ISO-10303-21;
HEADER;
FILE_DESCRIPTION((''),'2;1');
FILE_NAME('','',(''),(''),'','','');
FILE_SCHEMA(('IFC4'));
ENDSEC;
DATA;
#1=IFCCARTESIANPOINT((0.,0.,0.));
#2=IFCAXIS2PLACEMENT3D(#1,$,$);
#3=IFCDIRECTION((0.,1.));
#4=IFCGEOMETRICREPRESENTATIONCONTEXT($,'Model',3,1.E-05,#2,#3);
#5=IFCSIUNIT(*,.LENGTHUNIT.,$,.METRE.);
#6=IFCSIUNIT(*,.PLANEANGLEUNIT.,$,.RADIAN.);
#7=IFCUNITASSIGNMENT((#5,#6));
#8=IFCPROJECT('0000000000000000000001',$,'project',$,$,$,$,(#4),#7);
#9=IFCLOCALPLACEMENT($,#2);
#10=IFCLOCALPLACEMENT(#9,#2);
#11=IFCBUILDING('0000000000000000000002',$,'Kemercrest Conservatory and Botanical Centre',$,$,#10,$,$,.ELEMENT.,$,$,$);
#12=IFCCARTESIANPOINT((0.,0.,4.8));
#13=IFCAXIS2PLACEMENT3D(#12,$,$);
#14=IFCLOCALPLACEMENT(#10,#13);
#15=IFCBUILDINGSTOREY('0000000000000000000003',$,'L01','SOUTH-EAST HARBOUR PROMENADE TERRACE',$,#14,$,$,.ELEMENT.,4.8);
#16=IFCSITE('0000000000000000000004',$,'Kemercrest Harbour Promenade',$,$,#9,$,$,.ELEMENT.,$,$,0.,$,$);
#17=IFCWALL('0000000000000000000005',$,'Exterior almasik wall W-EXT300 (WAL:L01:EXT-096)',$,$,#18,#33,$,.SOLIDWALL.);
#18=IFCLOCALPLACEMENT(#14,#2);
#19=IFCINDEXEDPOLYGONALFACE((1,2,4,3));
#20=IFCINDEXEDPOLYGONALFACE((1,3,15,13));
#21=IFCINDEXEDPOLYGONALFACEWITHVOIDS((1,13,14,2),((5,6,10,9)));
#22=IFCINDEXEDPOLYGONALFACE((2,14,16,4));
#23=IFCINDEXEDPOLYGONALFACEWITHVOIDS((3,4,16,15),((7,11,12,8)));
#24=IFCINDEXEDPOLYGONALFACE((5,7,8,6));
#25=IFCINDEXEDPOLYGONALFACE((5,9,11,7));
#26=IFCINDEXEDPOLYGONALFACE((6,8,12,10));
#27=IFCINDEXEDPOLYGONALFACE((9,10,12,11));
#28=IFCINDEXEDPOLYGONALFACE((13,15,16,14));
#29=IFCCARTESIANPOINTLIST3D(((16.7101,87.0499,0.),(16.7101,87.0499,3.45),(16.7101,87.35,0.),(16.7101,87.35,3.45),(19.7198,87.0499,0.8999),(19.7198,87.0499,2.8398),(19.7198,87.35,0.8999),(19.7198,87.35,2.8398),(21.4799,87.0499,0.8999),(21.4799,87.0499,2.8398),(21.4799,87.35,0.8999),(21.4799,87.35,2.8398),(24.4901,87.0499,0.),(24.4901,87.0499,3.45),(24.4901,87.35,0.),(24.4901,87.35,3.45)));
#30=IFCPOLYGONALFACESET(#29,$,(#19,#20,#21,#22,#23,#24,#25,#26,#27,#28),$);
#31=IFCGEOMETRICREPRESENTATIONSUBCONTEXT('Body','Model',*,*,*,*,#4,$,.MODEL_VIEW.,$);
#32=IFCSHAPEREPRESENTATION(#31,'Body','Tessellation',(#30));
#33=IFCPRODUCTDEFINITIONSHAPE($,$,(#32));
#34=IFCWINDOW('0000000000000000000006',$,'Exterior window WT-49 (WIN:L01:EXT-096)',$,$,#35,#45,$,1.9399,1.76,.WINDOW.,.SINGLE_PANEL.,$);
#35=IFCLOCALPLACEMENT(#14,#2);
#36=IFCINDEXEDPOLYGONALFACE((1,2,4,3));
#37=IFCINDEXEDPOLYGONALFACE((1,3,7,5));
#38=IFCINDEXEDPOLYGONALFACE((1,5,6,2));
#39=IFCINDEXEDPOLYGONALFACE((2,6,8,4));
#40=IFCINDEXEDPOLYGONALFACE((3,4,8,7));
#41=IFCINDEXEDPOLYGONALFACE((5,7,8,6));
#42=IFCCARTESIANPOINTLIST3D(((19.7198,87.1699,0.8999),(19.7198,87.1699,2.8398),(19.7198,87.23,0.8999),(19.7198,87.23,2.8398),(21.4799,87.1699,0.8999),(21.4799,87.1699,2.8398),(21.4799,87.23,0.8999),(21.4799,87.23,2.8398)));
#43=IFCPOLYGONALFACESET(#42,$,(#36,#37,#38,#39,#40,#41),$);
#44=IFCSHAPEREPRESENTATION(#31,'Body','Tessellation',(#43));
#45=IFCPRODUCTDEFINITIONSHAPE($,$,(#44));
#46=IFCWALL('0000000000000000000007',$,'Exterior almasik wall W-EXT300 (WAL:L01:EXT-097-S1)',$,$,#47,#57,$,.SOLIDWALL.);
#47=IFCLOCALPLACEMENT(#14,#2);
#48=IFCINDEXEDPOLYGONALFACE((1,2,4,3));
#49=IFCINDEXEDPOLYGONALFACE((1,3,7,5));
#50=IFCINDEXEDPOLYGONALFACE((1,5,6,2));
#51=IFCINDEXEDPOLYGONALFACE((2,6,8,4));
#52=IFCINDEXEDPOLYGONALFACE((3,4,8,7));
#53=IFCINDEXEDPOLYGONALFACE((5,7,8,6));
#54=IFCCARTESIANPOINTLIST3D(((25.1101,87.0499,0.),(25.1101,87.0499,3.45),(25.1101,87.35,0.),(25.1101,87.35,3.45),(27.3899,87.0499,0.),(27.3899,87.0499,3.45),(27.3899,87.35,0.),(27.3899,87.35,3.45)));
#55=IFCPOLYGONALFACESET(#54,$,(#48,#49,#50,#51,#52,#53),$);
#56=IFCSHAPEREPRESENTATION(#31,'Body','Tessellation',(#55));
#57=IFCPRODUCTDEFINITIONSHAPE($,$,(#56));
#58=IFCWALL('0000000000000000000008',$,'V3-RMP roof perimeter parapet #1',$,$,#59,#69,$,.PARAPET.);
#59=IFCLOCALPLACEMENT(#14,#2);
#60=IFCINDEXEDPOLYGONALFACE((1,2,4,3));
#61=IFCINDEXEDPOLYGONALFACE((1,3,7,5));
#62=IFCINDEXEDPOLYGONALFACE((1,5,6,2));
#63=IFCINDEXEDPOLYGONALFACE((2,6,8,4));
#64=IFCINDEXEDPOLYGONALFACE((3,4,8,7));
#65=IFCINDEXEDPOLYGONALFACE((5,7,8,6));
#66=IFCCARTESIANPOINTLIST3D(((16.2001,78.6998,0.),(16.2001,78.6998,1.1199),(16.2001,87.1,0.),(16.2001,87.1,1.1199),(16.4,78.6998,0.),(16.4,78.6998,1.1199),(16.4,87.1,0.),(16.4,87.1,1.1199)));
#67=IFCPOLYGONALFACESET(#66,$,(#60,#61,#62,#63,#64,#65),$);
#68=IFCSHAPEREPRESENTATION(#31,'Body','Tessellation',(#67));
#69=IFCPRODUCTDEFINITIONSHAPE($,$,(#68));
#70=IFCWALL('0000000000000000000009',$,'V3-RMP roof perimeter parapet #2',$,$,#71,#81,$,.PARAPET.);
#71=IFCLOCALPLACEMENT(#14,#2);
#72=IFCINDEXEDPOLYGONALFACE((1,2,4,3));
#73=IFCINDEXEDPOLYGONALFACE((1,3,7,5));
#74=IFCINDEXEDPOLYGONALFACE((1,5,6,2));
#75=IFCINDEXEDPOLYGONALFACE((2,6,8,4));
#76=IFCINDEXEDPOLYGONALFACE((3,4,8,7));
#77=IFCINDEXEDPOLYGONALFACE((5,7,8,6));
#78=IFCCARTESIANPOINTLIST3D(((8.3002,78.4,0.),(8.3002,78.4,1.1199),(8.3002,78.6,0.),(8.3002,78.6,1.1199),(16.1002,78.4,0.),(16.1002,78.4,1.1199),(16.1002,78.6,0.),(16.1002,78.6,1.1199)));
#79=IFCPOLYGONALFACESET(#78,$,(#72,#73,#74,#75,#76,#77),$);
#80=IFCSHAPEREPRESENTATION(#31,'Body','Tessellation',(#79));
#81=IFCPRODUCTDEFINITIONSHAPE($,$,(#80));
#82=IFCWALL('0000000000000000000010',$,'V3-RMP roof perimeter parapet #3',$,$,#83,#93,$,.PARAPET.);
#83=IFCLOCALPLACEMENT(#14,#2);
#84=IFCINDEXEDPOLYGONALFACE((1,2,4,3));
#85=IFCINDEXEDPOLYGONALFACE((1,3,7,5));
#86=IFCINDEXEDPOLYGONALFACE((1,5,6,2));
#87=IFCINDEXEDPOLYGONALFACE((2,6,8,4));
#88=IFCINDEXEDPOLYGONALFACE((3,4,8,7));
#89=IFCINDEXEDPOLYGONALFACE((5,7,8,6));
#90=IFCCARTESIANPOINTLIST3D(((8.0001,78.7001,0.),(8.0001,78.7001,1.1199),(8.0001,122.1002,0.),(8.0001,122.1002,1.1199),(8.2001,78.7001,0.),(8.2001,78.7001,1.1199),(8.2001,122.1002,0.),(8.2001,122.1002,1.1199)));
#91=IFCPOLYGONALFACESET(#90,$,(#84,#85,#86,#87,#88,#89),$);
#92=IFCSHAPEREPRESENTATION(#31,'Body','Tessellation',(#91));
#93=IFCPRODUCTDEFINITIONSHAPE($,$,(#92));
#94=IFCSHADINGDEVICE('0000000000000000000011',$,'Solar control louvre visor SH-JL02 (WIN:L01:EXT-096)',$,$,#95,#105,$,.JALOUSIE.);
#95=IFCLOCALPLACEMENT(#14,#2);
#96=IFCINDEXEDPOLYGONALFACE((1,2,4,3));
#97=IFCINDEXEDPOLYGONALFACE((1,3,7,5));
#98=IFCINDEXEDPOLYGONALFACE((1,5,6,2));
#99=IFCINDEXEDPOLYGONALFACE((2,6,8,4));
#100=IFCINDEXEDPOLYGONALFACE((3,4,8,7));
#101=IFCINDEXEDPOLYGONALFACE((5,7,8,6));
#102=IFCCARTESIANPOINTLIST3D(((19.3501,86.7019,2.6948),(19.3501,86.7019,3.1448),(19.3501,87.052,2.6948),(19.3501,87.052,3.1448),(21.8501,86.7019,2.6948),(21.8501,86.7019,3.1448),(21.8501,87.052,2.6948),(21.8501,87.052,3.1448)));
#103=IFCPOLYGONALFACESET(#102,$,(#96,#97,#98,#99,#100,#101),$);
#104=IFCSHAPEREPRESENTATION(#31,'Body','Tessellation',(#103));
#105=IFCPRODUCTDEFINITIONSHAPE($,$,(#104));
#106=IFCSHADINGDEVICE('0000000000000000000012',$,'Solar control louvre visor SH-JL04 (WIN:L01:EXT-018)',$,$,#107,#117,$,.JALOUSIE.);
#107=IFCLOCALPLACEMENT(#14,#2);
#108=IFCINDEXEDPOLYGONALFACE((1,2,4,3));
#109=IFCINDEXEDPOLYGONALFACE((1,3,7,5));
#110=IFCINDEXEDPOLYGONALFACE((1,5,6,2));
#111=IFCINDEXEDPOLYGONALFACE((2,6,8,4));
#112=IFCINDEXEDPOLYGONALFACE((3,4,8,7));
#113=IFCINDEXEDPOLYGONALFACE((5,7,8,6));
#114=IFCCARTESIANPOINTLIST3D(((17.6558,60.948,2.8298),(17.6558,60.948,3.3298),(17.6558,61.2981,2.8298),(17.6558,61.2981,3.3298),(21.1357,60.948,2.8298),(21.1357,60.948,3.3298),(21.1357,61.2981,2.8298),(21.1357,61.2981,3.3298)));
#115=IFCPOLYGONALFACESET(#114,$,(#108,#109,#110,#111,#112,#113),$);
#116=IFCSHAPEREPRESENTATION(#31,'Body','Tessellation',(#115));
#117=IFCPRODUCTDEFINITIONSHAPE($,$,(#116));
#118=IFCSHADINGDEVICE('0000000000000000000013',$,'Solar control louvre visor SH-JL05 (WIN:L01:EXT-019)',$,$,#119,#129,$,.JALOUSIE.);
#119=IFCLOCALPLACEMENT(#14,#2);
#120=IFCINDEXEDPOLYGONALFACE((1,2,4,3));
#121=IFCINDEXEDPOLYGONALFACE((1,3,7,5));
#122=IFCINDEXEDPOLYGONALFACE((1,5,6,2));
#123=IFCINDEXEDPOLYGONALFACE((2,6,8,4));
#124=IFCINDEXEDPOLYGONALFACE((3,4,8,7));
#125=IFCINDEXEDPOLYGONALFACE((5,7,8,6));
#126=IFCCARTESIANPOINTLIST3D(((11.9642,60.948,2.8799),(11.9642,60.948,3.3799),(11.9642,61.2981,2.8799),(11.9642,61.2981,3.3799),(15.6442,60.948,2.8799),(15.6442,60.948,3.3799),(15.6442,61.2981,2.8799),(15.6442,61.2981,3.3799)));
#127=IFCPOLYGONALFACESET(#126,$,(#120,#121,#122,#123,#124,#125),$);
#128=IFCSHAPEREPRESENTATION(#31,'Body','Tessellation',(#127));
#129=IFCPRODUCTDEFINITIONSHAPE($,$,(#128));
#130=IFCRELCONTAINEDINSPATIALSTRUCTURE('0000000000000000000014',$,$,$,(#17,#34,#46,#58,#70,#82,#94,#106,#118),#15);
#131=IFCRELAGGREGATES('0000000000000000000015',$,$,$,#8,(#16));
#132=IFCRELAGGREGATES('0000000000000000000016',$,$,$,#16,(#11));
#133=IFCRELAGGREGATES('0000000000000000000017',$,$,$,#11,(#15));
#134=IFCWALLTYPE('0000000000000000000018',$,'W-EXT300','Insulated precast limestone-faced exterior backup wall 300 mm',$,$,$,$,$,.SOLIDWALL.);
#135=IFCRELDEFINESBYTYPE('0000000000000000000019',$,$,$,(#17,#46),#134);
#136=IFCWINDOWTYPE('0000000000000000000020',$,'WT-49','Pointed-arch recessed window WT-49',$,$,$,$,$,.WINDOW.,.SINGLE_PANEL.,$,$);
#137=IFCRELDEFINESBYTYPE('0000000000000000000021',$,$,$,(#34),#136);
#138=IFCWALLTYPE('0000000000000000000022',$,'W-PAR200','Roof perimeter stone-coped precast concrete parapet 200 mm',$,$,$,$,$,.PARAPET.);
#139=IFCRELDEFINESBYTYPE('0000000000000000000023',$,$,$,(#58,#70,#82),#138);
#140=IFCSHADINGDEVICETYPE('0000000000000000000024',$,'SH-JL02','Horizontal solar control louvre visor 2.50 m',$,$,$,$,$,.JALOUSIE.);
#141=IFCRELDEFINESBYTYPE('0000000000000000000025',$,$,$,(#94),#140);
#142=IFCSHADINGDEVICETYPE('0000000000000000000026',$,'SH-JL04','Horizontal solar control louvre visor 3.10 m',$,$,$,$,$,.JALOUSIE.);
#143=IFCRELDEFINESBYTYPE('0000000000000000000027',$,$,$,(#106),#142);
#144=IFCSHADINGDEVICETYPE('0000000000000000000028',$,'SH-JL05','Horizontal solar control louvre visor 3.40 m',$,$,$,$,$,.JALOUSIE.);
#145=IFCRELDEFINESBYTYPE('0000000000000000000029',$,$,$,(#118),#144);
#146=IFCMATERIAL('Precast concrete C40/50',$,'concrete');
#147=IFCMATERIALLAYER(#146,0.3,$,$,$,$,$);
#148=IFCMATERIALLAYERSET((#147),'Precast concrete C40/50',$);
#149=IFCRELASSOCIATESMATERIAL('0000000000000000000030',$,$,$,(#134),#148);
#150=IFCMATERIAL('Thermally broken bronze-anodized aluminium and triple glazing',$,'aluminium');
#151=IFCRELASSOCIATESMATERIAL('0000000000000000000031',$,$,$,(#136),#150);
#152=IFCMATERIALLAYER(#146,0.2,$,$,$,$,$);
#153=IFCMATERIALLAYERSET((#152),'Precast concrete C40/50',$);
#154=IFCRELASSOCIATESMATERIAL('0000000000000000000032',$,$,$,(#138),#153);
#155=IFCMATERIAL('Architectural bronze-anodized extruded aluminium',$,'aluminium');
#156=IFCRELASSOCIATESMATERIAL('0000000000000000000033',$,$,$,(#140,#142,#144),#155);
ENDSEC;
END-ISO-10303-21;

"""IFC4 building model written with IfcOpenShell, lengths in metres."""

from ifc_helpers import new_model, si_unit, direction, frame, frame_2d, origin, origin_2d, place, context, subcontext, project, spatial, rectangle, extrude, material, layer, layer_set, type_object, element, fill, save


model = new_model("IFC4")

# Units and contexts
model_context = context("Model", 3, precision=1e-05, world=origin(), true_north=direction((0.0, 1.0)))
body_context = subcontext(model_context, "Body", "Model", "MODEL_VIEW")
ifc_project = project(units=[si_unit("LENGTHUNIT", "METRE"), si_unit("PLANEANGLEUNIT", "RADIAN")], contexts=[model_context])

# Site, building, storey
site_placement = place(None, origin())
site = spatial("IfcSite", under=ifc_project, at=site_placement, Name="Kemercrest Harbour Promenade", CompositionType="ELEMENT", RefElevation=0.0)
building_placement = place(site_placement, origin())
building = spatial("IfcBuilding", under=site, at=building_placement, Name="Kemercrest Conservatory and Botanical Centre", CompositionType="ELEMENT")
storey_placement = place(building_placement, frame((0.0, 0.0, 4.8)))
storey = spatial("IfcBuildingStorey", under=building, at=storey_placement, Name="L01", Description="SOUTH-EAST HARBOUR PROMENADE TERRACE", CompositionType="ELEMENT", Elevation=4.8)

# Shared definitions
ifc_material_1 = material(Name="Precast concrete C40/50", Category="concrete")

# Shared definitions
ifc_layer_1 = layer(ifc_material_1, 0.3)
ifc_layer_set_1 = layer_set([ifc_layer_1], Name="Precast concrete C40/50")
wall_type_1 = type_object("IfcWallType", Name="W-EXT300", Description="Insulated precast limestone-faced exterior backup wall 300 mm", PredefinedType="SOLIDWALL", material=ifc_layer_set_1)

# Wall, opening, window
wall_1_placement = place(storey_placement, frame((16.71, 87.2, 0.0), z_axis=(0.0, 0.0, 1.0), x_axis=(1.0, 0.0, 0.0)))
wall_1 = element("IfcWall", 1, at=wall_1_placement, inside=storey, type_object=wall_type_1, Name="Exterior almasik wall W-EXT300 (WAL:L01:EXT-096)", PredefinedType="SOLIDWALL", context=body_context, shape_type="SweptSolid", body=[
    extrude(rectangle(XDim=7.78, YDim=0.3, at=frame_2d((3.8901, 0.0))), origin(), (0.0, 0.0, 1.0), 3.45),
])
opening_placement = place(wall_1_placement, frame((3.01, 0.0, 0.8999)))
opening = element("IfcOpeningElement", 2, at=opening_placement, cuts=wall_1, PredefinedType="OPENING", context=body_context, shape_type="SweptSolid", body=[
    extrude(rectangle(XDim=1.76, YDim=1.9399, at=frame_2d((0.8799, 0.97))), frame((0.0, 0.1602, 0.0), z_axis=(0.0, -1.0, 0.0), x_axis=(1.0, 0.0, 0.0)), (0.0, 0.0, 1.0), 0.3201),
])
ifc_material_2 = material(Name="Thermally broken bronze-anodized aluminium and triple glazing", Category="aluminium")
window_type = type_object("IfcWindowType", Name="WT-49", Description="Pointed-arch recessed window WT-49", PartitioningType="SINGLE_PANEL", PredefinedType="WINDOW", material=ifc_material_2)
window_placement = place(opening_placement, origin())
window = element("IfcWindow", 3, at=window_placement, inside=storey, type_object=window_type, Name="Exterior window WT-49 (WIN:L01:EXT-096)", OverallHeight=1.9399, OverallWidth=1.76, PartitioningType="SINGLE_PANEL", PredefinedType="WINDOW", context=body_context, shape_type="SweptSolid", body=[
    extrude(rectangle(XDim=1.76, YDim=1.9399, at=frame_2d((0.8799, 0.97))), frame((0.0, 0.03, 0.0), z_axis=(0.0, -1.0, 0.0), x_axis=(1.0, 0.0, 0.0)), (0.0, 0.0, 1.0), 0.0601),
])
fill(opening, window)

# Walls
wall_2_placement = place(storey_placement, frame((25.1101, 87.2, 0.0), z_axis=(0.0, 0.0, 1.0), x_axis=(1.0, 0.0, 0.0)))
element("IfcWall", 4, at=wall_2_placement, inside=storey, type_object=wall_type_1, Name="Exterior almasik wall W-EXT300 (WAL:L01:EXT-097-S1)", PredefinedType="SOLIDWALL", context=body_context, shape_type="SweptSolid", body=[
    extrude(rectangle(XDim=2.2798, YDim=0.3, at=frame_2d((1.1399, 0.0))), origin(), (0.0, 0.0, 1.0), 3.45),
])
ifc_layer_2 = layer(ifc_material_1, 0.2)
ifc_layer_set_2 = layer_set([ifc_layer_2], Name="Precast concrete C40/50")
wall_type_2 = type_object("IfcWallType", Name="W-PAR200", Description="Roof perimeter stone-coped precast concrete parapet 200 mm", PredefinedType="PARAPET", material=ifc_layer_set_2)
wall_3_placement = place(storey_placement, frame((16.3, 87.1001, 0.0), z_axis=(0.0, 0.0, 1.0), x_axis=(0.0, -1.0, 0.0)))
element("IfcWall", 5, at=wall_3_placement, inside=storey, type_object=wall_type_2, Name="V3-RMP roof perimeter parapet #1", PredefinedType="PARAPET", context=body_context, shape_type="SweptSolid", body=[
    extrude(rectangle(XDim=8.4001, YDim=0.2, at=frame_2d((4.2002, 0.0))), origin(), (0.0, 0.0, 1.0), 1.1199),
])
wall_4_placement = place(storey_placement, frame((16.1001, 78.5, 0.0), z_axis=(0.0, 0.0, 1.0), x_axis=(-1.0, 0.0, 0.0)))
element("IfcWall", 6, at=wall_4_placement, inside=storey, type_object=wall_type_2, Name="V3-RMP roof perimeter parapet #2", PredefinedType="PARAPET", context=body_context, shape_type="SweptSolid", body=[
    extrude(rectangle(XDim=7.8, YDim=0.2, at=frame_2d((3.8999, 0.0))), origin(), (0.0, 0.0, 1.0), 1.1199),
])
wall_5_placement = place(storey_placement, frame((8.1001, 78.7, 0.0), z_axis=(0.0, 0.0, 1.0), x_axis=(0.0, 1.0, 0.0)))
element("IfcWall", 7, at=wall_5_placement, inside=storey, type_object=wall_type_2, Name="V3-RMP roof perimeter parapet #3", PredefinedType="PARAPET", context=body_context, shape_type="SweptSolid", body=[
    extrude(rectangle(XDim=43.4001, YDim=0.2, at=frame_2d((21.7002, 0.0))), origin(), (0.0, 0.0, 1.0), 1.1199),
])

# Shading devices
ifc_material_3 = material(Name="Architectural bronze-anodized extruded aluminium", Category="aluminium")
shading_device_type_1 = type_object("IfcShadingDeviceType", Name="SH-JL02", Description="Horizontal solar control louvre visor 2.50 m", PredefinedType="JALOUSIE", material=ifc_material_3)
shading_device_1_placement = place(storey_placement, frame((20.6001, 86.877, 2.6948), z_axis=(0.0, 0.0, 1.0), x_axis=(1.0, 0.0, 0.0)))
element("IfcShadingDevice", 8, at=shading_device_1_placement, inside=storey, type_object=shading_device_type_1, Name="Solar control louvre visor SH-JL02 (WIN:L01:EXT-096)", PredefinedType="JALOUSIE", context=body_context, shape_type="SweptSolid", body=[
    extrude(rectangle(XDim=2.5, YDim=0.3501, at=origin_2d()), origin(), (0.0, 0.0, 1.0), 0.45),
])
shading_device_type_2 = type_object("IfcShadingDeviceType", Name="SH-JL04", Description="Horizontal solar control louvre visor 3.10 m", PredefinedType="JALOUSIE", material=ifc_material_3)
shading_device_2_placement = place(storey_placement, frame((19.3958, 61.123, 2.8298), z_axis=(0.0, 0.0, 1.0), x_axis=(-1.0, 0.0, 0.0)))
element("IfcShadingDevice", 9, at=shading_device_2_placement, inside=storey, type_object=shading_device_type_2, Name="Solar control louvre visor SH-JL04 (WIN:L01:EXT-018)", PredefinedType="JALOUSIE", context=body_context, shape_type="SweptSolid", body=[
    extrude(rectangle(XDim=3.48, YDim=0.3501, at=origin_2d()), origin(), (0.0, 0.0, 1.0), 0.5),
])
shading_device_type_3 = type_object("IfcShadingDeviceType", Name="SH-JL05", Description="Horizontal solar control louvre visor 3.40 m", PredefinedType="JALOUSIE", material=ifc_material_3)
shading_device_3_placement = place(storey_placement, frame((13.8042, 61.123, 2.8799), z_axis=(0.0, 0.0, 1.0), x_axis=(-1.0, 0.0, 0.0)))
element("IfcShadingDevice", 10, at=shading_device_3_placement, inside=storey, type_object=shading_device_type_3, Name="Solar control louvre visor SH-JL05 (WIN:L01:EXT-019)", PredefinedType="JALOUSIE", context=body_context, shape_type="SweptSolid", body=[
    extrude(rectangle(XDim=3.6799, YDim=0.3501, at=origin_2d()), origin(), (0.0, 0.0, 1.0), 0.5),
])

save(model, "model.ifc")
